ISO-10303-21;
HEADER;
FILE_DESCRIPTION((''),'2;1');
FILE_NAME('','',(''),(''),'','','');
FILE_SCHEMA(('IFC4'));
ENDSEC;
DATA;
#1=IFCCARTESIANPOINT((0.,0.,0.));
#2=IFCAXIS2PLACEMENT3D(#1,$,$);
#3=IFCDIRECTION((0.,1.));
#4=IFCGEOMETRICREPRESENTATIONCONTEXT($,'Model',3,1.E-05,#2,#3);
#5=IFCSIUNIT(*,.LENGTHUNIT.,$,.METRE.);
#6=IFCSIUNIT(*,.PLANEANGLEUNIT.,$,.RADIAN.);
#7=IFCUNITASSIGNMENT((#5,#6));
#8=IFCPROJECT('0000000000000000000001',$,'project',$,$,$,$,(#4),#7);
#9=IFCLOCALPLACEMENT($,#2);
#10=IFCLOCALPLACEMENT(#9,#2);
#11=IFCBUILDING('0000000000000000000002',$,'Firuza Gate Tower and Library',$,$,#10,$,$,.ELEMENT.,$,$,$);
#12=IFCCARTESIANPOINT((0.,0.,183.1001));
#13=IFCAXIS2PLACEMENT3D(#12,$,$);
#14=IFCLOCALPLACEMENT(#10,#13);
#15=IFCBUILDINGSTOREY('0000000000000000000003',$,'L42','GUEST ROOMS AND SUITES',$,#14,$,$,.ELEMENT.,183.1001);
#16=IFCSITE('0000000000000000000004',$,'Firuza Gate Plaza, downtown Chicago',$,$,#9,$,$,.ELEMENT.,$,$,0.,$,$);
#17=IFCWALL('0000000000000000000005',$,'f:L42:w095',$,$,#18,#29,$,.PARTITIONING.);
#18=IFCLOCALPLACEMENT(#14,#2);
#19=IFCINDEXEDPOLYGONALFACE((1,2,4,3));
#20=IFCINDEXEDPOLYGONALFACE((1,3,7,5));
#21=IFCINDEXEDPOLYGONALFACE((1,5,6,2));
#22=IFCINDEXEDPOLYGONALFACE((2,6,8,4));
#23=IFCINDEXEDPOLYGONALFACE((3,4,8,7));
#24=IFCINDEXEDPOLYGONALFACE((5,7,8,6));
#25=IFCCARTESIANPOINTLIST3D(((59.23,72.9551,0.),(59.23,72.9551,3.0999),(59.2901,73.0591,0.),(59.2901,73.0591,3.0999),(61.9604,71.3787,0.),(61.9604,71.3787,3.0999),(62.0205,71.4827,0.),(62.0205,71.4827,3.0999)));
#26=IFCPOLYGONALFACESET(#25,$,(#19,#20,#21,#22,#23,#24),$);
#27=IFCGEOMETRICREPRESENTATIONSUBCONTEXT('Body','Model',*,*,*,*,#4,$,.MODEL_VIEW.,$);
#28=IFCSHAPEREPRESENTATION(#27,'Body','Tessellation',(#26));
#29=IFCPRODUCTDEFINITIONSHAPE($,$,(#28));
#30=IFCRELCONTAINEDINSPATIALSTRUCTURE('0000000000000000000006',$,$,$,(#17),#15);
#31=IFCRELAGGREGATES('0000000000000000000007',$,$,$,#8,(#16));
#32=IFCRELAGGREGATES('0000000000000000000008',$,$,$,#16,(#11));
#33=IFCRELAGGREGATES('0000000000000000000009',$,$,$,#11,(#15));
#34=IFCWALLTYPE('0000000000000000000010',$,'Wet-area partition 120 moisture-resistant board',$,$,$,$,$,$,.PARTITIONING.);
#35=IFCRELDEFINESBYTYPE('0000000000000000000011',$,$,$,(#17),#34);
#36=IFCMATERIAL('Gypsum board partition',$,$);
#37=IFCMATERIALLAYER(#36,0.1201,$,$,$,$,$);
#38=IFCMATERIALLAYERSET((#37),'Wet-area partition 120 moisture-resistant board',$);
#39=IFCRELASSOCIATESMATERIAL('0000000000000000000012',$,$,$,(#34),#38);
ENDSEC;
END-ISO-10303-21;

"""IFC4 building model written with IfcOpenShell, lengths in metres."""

from ifc_helpers import new_model, si_unit, direction, frame, frame_2d, origin, place, context, subcontext, project, spatial, rectangle, extrude, material, layer, layer_set, type_object, element, save


model = new_model("IFC4")

# Units and contexts
model_context = context("Model", 3, precision=1e-05, world=origin(), true_north=direction((0.0, 1.0)))
body_context = subcontext(model_context, "Body", "Model", "MODEL_VIEW")
ifc_project = project(units=[si_unit("LENGTHUNIT", "METRE"), si_unit("PLANEANGLEUNIT", "RADIAN")], contexts=[model_context])

# Site, building, storey
site_placement = place(None, origin())
site = spatial("IfcSite", under=ifc_project, at=site_placement, Name="Firuza Gate Plaza, downtown Chicago", CompositionType="ELEMENT", RefElevation=0.0)
building_placement = place(site_placement, origin())
building = spatial("IfcBuilding", under=site, at=building_placement, Name="Firuza Gate Tower and Library", CompositionType="ELEMENT")
storey_placement = place(building_placement, frame((0.0, 0.0, 183.1001)))
storey = spatial("IfcBuildingStorey", under=building, at=storey_placement, Name="L42", Description="GUEST ROOMS AND SUITES", CompositionType="ELEMENT", Elevation=183.1001)

# Wall
ifc_material_1 = material(Name="Gypsum board partition")
ifc_layer_1 = layer(ifc_material_1, 0.1201)
ifc_layer_set_1 = layer_set([ifc_layer_1], Name="Wet-area partition 120 moisture-resistant board")
wall_type_1 = type_object("IfcWallType", Name="Wet-area partition 120 moisture-resistant board", PredefinedType="PARTITIONING", material=ifc_layer_set_1)
wall_1_placement = place(storey_placement, frame((61.9905, 71.4307, 0.0), z_axis=(0.0, 0.0, 1.0), x_axis=(-0.866028, 0.499995, 0.0)))
element("IfcWall", 1, at=wall_1_placement, inside=storey, type_object=wall_type_1, Name="f:L42:w095", PredefinedType="PARTITIONING", context=body_context, shape_type="SweptSolid", body=[
    extrude(rectangle(XDim=3.1528, YDim=0.1201, at=frame_2d((1.5764, 0.0))), origin(), (0.0, 0.0, 1.0), 3.0999),
])

save(model, "model.ifc")
